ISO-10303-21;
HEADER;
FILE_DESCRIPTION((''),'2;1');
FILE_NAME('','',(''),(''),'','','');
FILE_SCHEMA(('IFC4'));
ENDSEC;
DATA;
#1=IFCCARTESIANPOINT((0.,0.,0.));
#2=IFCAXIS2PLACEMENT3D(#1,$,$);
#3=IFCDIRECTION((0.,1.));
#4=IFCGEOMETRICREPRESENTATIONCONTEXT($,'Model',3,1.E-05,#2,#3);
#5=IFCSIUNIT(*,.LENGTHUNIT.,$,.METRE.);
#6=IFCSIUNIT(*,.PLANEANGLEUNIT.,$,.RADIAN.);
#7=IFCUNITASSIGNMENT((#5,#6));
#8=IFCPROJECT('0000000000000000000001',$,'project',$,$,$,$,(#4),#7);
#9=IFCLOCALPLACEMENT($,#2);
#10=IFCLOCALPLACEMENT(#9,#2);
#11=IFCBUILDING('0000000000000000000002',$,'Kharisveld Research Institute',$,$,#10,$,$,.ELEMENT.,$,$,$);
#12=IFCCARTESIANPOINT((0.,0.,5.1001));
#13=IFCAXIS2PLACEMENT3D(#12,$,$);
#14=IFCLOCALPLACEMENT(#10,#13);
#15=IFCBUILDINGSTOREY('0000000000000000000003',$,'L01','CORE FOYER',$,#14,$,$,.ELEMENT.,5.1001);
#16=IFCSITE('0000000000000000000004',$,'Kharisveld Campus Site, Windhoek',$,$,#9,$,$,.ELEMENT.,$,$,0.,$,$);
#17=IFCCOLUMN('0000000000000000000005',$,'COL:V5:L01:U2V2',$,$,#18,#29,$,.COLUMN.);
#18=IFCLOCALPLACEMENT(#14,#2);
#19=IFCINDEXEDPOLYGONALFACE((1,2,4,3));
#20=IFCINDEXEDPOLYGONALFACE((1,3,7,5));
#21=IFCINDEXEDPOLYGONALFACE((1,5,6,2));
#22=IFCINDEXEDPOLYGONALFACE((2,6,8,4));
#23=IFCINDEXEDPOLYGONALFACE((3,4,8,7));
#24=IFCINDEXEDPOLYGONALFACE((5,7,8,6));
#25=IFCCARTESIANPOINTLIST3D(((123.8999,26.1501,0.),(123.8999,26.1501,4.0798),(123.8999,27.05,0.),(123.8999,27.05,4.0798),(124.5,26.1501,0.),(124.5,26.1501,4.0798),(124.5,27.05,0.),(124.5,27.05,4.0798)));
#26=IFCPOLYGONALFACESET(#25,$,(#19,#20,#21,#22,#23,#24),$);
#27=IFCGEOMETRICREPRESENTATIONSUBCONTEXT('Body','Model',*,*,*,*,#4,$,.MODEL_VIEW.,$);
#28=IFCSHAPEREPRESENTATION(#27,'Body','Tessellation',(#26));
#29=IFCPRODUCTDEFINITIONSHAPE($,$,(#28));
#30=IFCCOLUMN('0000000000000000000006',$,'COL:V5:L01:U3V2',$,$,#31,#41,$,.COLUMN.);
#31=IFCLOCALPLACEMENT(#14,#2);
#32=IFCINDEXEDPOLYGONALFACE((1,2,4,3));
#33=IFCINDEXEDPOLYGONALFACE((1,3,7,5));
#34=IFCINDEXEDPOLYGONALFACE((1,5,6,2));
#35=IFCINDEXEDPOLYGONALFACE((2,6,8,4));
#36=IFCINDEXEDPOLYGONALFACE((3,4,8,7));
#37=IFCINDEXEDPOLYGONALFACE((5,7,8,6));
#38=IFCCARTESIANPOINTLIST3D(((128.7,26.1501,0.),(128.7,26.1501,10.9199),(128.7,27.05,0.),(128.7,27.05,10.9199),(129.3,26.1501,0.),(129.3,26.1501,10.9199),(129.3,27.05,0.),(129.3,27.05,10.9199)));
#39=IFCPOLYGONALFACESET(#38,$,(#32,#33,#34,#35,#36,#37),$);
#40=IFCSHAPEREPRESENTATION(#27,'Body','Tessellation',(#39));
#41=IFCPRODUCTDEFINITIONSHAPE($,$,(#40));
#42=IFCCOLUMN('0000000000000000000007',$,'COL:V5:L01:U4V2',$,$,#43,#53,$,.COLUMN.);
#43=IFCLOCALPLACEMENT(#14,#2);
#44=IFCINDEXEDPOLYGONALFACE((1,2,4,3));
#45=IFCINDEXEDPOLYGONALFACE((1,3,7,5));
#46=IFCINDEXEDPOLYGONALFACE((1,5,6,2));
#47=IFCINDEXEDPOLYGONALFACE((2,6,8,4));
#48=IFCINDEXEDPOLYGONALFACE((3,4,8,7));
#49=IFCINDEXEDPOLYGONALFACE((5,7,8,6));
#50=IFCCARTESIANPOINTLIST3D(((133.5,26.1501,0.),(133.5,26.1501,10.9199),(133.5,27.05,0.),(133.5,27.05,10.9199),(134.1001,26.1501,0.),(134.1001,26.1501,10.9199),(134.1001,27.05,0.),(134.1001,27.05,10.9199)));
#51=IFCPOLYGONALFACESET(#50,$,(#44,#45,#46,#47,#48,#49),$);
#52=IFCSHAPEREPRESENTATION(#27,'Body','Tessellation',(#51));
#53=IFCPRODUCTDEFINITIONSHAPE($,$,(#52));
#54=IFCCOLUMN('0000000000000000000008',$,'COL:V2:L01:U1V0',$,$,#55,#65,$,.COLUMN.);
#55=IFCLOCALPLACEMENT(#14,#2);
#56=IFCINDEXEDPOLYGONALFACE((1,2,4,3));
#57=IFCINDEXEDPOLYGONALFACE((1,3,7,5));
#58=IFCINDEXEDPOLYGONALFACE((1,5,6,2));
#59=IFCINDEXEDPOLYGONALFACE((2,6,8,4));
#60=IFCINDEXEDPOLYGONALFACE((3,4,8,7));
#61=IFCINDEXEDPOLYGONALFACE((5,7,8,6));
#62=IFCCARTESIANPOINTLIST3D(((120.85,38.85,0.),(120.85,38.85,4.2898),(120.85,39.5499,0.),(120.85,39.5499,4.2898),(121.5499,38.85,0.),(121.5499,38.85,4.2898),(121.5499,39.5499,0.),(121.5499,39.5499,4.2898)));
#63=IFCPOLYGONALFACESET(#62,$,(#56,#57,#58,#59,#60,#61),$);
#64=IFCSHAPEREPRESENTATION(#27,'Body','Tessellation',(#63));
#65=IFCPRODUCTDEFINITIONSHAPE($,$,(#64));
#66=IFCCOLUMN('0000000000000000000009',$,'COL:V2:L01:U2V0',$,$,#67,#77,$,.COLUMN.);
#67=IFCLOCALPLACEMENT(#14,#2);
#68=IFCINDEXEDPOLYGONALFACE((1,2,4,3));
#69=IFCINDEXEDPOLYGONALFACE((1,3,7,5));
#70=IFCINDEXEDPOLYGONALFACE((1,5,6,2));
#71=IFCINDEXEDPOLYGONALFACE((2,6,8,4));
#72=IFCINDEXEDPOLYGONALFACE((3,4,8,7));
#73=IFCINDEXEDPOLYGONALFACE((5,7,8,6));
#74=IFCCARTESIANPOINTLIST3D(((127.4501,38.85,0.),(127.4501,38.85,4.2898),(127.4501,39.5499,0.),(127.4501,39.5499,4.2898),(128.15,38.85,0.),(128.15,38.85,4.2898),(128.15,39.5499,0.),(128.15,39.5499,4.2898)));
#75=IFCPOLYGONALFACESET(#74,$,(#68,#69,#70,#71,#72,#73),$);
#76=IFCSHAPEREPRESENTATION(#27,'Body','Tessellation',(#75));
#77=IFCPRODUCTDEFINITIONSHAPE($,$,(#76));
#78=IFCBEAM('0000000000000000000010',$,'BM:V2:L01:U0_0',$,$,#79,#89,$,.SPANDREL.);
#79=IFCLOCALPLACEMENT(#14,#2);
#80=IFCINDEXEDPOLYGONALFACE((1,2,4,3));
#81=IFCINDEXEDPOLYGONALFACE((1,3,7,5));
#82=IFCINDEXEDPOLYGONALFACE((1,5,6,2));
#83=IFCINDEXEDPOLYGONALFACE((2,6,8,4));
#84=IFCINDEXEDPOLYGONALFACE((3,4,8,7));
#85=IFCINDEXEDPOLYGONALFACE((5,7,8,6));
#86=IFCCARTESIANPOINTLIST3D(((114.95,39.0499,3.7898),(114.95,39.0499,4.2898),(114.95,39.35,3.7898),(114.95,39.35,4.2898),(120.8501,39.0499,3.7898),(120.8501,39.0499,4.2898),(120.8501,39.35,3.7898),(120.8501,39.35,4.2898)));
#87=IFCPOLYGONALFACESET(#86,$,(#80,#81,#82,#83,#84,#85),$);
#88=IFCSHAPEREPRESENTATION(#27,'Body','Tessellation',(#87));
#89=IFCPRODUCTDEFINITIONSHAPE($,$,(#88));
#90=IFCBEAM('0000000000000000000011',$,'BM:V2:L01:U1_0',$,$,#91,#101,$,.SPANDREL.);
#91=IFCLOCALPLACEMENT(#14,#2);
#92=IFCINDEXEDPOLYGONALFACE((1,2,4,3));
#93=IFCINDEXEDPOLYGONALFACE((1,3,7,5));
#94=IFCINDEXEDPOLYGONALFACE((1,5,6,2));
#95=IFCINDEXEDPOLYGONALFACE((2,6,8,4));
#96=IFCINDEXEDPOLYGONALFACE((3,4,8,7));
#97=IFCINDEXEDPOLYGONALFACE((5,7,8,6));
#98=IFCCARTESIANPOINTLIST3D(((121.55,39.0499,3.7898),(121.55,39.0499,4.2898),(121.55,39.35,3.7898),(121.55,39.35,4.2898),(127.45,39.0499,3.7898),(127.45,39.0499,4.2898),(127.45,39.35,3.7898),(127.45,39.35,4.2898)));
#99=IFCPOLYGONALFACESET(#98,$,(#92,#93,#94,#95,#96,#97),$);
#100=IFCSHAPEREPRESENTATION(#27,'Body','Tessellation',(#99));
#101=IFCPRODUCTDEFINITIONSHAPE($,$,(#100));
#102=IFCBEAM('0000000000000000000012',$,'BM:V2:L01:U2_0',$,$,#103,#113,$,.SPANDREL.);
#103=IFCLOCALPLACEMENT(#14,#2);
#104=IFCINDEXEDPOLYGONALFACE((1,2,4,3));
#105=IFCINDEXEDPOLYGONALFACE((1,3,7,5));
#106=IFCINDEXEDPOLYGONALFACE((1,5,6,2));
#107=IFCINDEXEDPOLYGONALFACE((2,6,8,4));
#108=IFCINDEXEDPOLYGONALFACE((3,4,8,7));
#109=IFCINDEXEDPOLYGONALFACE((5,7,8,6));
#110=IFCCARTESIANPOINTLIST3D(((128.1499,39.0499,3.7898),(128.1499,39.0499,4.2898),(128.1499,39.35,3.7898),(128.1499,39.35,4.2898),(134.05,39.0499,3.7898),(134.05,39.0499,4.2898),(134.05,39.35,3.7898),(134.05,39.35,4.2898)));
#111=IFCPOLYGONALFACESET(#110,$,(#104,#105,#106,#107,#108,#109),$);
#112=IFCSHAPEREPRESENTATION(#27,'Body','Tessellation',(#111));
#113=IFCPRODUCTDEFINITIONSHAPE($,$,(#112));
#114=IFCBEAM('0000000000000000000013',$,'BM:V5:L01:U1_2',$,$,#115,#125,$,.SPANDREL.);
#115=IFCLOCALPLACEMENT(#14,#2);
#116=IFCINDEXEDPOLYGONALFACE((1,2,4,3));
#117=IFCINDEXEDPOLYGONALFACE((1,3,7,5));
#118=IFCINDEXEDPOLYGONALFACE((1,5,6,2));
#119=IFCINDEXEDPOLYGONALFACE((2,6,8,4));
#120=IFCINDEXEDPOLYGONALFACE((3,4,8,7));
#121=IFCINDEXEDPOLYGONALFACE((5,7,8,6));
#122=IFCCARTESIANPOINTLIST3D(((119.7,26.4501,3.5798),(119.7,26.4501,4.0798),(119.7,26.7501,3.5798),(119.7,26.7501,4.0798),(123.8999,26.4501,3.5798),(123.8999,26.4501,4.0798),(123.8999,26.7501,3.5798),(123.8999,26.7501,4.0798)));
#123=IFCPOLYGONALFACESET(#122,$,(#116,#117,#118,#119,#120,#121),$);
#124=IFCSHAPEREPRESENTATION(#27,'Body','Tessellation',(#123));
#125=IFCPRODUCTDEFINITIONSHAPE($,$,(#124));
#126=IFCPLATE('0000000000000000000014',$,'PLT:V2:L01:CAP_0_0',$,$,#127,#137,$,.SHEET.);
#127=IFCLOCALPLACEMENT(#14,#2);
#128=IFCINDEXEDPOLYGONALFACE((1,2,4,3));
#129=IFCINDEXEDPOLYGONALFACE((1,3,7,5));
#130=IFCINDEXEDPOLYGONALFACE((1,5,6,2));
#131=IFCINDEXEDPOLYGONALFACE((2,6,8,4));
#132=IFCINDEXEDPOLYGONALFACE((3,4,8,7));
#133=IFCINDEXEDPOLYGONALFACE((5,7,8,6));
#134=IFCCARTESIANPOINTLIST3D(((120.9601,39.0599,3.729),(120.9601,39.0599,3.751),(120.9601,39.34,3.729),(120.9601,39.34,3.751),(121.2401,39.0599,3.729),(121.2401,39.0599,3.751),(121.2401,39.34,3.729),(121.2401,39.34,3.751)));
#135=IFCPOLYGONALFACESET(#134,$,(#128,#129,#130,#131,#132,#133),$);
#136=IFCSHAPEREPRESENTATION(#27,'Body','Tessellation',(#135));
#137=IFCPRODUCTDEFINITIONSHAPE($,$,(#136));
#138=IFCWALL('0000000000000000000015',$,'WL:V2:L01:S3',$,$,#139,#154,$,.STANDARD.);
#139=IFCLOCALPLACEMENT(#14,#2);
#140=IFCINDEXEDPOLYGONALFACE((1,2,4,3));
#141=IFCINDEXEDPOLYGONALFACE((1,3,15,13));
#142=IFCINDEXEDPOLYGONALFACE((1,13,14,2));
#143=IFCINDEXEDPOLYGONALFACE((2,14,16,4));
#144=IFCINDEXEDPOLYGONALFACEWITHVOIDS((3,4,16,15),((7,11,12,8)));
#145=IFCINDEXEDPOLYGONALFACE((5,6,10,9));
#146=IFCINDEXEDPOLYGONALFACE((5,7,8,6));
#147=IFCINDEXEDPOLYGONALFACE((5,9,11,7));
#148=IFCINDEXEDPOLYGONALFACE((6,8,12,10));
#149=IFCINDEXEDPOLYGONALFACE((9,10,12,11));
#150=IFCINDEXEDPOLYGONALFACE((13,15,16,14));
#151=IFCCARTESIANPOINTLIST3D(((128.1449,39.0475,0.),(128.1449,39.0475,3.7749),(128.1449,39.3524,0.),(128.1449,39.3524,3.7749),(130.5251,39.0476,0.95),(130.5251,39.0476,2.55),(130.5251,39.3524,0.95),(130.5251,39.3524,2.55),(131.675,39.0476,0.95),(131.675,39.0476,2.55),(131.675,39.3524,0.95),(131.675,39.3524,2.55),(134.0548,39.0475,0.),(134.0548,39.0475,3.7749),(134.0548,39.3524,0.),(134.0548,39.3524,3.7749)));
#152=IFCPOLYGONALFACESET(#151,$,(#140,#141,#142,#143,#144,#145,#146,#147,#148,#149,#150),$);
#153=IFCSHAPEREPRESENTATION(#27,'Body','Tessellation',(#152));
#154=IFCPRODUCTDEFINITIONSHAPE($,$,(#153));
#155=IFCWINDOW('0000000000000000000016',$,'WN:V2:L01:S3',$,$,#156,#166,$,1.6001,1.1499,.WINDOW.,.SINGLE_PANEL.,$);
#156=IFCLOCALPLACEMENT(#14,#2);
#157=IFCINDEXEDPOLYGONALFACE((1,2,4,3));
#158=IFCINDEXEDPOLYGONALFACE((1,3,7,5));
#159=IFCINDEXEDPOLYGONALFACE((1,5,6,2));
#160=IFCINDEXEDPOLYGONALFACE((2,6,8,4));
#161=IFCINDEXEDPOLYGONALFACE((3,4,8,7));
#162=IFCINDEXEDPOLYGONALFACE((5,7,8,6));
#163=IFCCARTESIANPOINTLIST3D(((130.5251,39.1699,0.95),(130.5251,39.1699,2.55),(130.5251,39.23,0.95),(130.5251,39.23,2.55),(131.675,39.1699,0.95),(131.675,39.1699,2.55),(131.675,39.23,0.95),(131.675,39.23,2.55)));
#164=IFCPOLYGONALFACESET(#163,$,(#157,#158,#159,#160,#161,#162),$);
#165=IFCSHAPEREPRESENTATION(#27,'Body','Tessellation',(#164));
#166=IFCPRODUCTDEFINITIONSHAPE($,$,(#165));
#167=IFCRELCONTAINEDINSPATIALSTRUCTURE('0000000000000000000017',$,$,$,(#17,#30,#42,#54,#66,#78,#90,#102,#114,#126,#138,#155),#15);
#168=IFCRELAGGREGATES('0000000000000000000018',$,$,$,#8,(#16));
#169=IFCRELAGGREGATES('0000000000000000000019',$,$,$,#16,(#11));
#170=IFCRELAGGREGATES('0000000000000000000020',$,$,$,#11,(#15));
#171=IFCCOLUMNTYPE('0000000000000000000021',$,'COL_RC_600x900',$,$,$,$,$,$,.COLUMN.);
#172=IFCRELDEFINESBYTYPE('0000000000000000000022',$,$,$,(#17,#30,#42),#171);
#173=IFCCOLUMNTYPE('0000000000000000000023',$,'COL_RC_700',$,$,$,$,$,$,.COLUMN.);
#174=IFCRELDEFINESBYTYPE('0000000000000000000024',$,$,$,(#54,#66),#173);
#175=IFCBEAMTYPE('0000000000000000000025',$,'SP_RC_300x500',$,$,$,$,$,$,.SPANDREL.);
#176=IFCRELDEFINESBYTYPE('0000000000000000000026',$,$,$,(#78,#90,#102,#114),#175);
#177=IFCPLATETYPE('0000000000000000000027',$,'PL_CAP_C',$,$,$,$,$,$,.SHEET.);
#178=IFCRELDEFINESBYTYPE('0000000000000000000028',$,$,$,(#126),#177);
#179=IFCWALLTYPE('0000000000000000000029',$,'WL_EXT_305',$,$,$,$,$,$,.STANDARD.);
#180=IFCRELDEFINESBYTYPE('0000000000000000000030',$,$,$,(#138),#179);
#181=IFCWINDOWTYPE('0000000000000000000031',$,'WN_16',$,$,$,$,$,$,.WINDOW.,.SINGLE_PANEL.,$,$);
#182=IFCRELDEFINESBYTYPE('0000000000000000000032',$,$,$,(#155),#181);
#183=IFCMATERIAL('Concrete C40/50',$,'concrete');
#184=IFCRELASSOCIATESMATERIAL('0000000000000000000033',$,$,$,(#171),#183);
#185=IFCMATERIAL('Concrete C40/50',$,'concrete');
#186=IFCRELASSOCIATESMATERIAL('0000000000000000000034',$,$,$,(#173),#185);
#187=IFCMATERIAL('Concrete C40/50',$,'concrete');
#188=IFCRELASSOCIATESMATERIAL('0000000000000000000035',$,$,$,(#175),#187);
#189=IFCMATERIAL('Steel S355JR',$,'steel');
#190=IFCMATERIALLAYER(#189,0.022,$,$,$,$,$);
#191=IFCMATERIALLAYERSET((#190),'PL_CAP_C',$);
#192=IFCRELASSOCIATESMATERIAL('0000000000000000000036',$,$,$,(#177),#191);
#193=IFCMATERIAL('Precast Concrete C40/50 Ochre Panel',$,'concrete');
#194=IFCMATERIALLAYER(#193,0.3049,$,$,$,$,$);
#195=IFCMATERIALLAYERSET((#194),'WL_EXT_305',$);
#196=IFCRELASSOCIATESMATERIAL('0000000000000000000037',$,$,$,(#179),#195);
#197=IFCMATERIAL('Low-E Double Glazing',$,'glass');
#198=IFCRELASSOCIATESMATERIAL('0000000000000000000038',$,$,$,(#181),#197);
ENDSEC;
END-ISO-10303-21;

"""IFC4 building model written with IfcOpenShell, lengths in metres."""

from ifc_helpers import new_model, si_unit, direction, frame, frame_2d, origin, origin_2d, place, context, subcontext, project, spatial, rectangle, extrude, material, layer, layer_set, material_profile, profile_set, type_object, element, fill, save


model = new_model("IFC4")

# Units and contexts
model_context = context("Model", 3, precision=1e-05, world=origin(), true_north=direction((0.0, 1.0)))
body_context = subcontext(model_context, "Body", "Model", "MODEL_VIEW")
ifc_project = project(units=[si_unit("LENGTHUNIT", "METRE"), si_unit("PLANEANGLEUNIT", "RADIAN")], contexts=[model_context])

# Site, building, storey
site_placement = place(None, origin())
site = spatial("IfcSite", under=ifc_project, at=site_placement, Name="Kharisveld Campus Site, Windhoek", CompositionType="ELEMENT", RefElevation=0.0)
building_placement = place(site_placement, origin())
building = spatial("IfcBuilding", under=site, at=building_placement, Name="Kharisveld Research Institute", CompositionType="ELEMENT")
storey_placement = place(building_placement, frame((0.0, 0.0, 5.1001)))
storey = spatial("IfcBuildingStorey", under=building, at=storey_placement, Name="L01", Description="CORE FOYER", CompositionType="ELEMENT", Elevation=5.1001)

# Columns
ifc_material_1 = material(Name="Concrete C40/50", Category="concrete")
ifc_material_profile_1 = material_profile(ifc_material_1, rectangle(XDim=0.6001, YDim=0.8999, at=origin_2d()))
ifc_profile_set_1 = profile_set([ifc_material_profile_1], Name="Concrete C40/50")
column_type_1 = type_object("IfcColumnType", Name="COL_RC_600x900", PredefinedType="COLUMN", material=ifc_profile_set_1)
column_placement = place(storey_placement, frame((124.2, 26.6001, 0.0), z_axis=(0.0, 0.0, 1.0), x_axis=(1.0, 0.0, 0.0)))
element("IfcColumn", 1, at=column_placement, inside=storey, type_object=column_type_1, Name="COL:V5:L01:U2V2", PredefinedType="COLUMN", context=body_context, shape_type="SweptSolid", body=[
    extrude(rectangle(XDim=0.6001, YDim=0.8999, at=origin_2d()), origin(), (0.0, 0.0, 1.0), 4.0798),
])
for number, where, z_axis, x_axis, name in (
    (2, (129.0, 26.6001, 0.0), (0.0, 0.0, 1.0), (1.0, 0.0, 0.0), "COL:V5:L01:U3V2"),
    (3, (133.8, 26.6001, 0.0), (0.0, 0.0, 1.0), (1.0, 0.0, 0.0), "COL:V5:L01:U4V2"),
):
    element("IfcColumn", number, at=place(storey_placement, frame(where, z_axis=z_axis, x_axis=x_axis)), inside=storey, type_object=column_type_1, Name=name, PredefinedType="COLUMN", context=body_context, shape_type="SweptSolid", body=[
        extrude(rectangle(XDim=0.6001, YDim=0.8999, at=origin_2d()), origin(), (0.0, 0.0, 1.0), 10.9199),
    ])
ifc_material_2 = material(Name="Concrete C40/50", Category="concrete")
ifc_material_profile_2 = material_profile(ifc_material_2, rectangle(XDim=0.7, YDim=0.7, at=origin_2d()))
ifc_profile_set_2 = profile_set([ifc_material_profile_2], Name="Concrete C40/50")
column_type_2 = type_object("IfcColumnType", Name="COL_RC_700", PredefinedType="COLUMN", material=ifc_profile_set_2)
for number, where, z_axis, x_axis, name in (
    (4, (121.2, 39.2, 0.0), (0.0, 0.0, 1.0), (1.0, 0.0, 0.0), "COL:V2:L01:U1V0"),
    (5, (127.8, 39.2, 0.0), (0.0, 0.0, 1.0), (1.0, 0.0, 0.0), "COL:V2:L01:U2V0"),
):
    element("IfcColumn", number, at=place(storey_placement, frame(where, z_axis=z_axis, x_axis=x_axis)), inside=storey, type_object=column_type_2, Name=name, PredefinedType="COLUMN", context=body_context, shape_type="SweptSolid", body=[
        extrude(rectangle(XDim=0.7, YDim=0.7, at=origin_2d()), origin(), (0.0, 0.0, 1.0), 4.2898),
    ])

# Beams
ifc_material_3 = material(Name="Concrete C40/50", Category="concrete")
ifc_material_profile_3 = material_profile(ifc_material_3, rectangle(XDim=0.3, YDim=0.5, at=origin_2d()))
ifc_profile_set_3 = profile_set([ifc_material_profile_3], Name="Concrete C40/50")
beam_type = type_object("IfcBeamType", Name="SP_RC_300x500", PredefinedType="SPANDREL", material=ifc_profile_set_3)
beam_1_placement = place(storey_placement, frame((114.95, 39.2, 4.0398), z_axis=(1.0, 0.0, 0.0), x_axis=(0.0, 1.0, 0.0)))
element("IfcBeam", 6, at=beam_1_placement, inside=storey, type_object=beam_type, Name="BM:V2:L01:U0_0", PredefinedType="SPANDREL", context=body_context, shape_type="SweptSolid", body=[
    extrude(rectangle(XDim=0.3, YDim=0.5, at=origin_2d()), origin(), (0.0, 0.0, 1.0), 5.9001),
])
beam_2_placement = place(storey_placement, frame((121.55, 39.2, 4.0398), z_axis=(1.0, 0.0, 0.0), x_axis=(0.0, 1.0, 0.0)))
element("IfcBeam", 7, at=beam_2_placement, inside=storey, type_object=beam_type, Name="BM:V2:L01:U1_0", PredefinedType="SPANDREL", context=body_context, shape_type="SweptSolid", body=[
    extrude(rectangle(XDim=0.3, YDim=0.5, at=origin_2d()), origin(), (0.0, 0.0, 1.0), 5.8999),
])
beam_3_placement = place(storey_placement, frame((128.1499, 39.2, 4.0398), z_axis=(1.0, 0.0, 0.0), x_axis=(0.0, 1.0, 0.0)))
element("IfcBeam", 8, at=beam_3_placement, inside=storey, type_object=beam_type, Name="BM:V2:L01:U2_0", PredefinedType="SPANDREL", context=body_context, shape_type="SweptSolid", body=[
    extrude(rectangle(XDim=0.3, YDim=0.5, at=origin_2d()), origin(), (0.0, 0.0, 1.0), 5.9001),
])
beam_4_placement = place(storey_placement, frame((119.7, 26.6001, 3.8298), z_axis=(1.0, 0.0, 0.0), x_axis=(0.0, 1.0, 0.0)))
element("IfcBeam", 9, at=beam_4_placement, inside=storey, type_object=beam_type, Name="BM:V5:L01:U1_2", PredefinedType="SPANDREL", context=body_context, shape_type="SweptSolid", body=[
    extrude(rectangle(XDim=0.3, YDim=0.5, at=origin_2d()), origin(), (0.0, 0.0, 1.0), 4.2),
])

# Plate
ifc_material_4 = material(Name="Steel S355JR", Category="steel")
ifc_layer_1 = layer(ifc_material_4, 0.022)
ifc_layer_set_1 = layer_set([ifc_layer_1], Name="PL_CAP_C")
plate_type = type_object("IfcPlateType", Name="PL_CAP_C", PredefinedType="SHEET", material=ifc_layer_set_1)
plate_placement = place(storey_placement, frame((121.1001, 39.2, 3.729), z_axis=(0.0, 0.0, 1.0), x_axis=(1.0, 0.0, 0.0)))
element("IfcPlate", 10, at=plate_placement, inside=storey, type_object=plate_type, Name="PLT:V2:L01:CAP_0_0", PredefinedType="SHEET", context=body_context, shape_type="SweptSolid", body=[
    extrude(rectangle(XDim=0.28, YDim=0.28, at=origin_2d()), origin(), (0.0, 0.0, 1.0), 0.022),
])

# Wall, opening, window
ifc_material_5 = material(Name="Precast Concrete C40/50 Ochre Panel", Category="concrete")
ifc_layer_2 = layer(ifc_material_5, 0.3049)
ifc_layer_set_2 = layer_set([ifc_layer_2], Name="WL_EXT_305")
wall_type_1 = type_object("IfcWallType", Name="WL_EXT_305", PredefinedType="STANDARD", material=ifc_layer_set_2)
wall_1_placement = place(storey_placement, frame((134.0549, 39.2, 0.0), z_axis=(0.0, 0.0, 1.0), x_axis=(-1.0, 0.0, 0.0)))
wall_1 = element("IfcWall", 11, at=wall_1_placement, inside=storey, type_object=wall_type_1, Name="WL:V2:L01:S3", PredefinedType="STANDARD", context=body_context, shape_type="SweptSolid", body=[
    extrude(rectangle(XDim=5.9099, YDim=0.3049, at=frame_2d((2.9551, 0.0))), origin(), (0.0, 0.0, 1.0), 3.7749),
])
opening_1_placement = place(wall_1_placement, frame((2.3799, 0.0, 0.95)))
opening_1 = element("IfcOpeningElement", 12, at=opening_1_placement, cuts=wall_1, PredefinedType="OPENING", context=body_context, shape_type="SweptSolid", body=[
    extrude(rectangle(XDim=1.1499, YDim=1.6001, at=frame_2d((0.575, 0.8))), frame((0.0, 0.1523, 0.0), z_axis=(0.0, -1.0, 0.0), x_axis=(1.0, 0.0, 0.0)), (0.0, 0.0, 1.0), 0.3049),
])
ifc_material_6 = material(Name="Low-E Double Glazing", Category="glass")
window_type_1 = type_object("IfcWindowType", Name="WN_16", PartitioningType="SINGLE_PANEL", PredefinedType="WINDOW", material=ifc_material_6)
window_1_placement = place(opening_1_placement, origin())
window_1 = element("IfcWindow", 13, at=window_1_placement, inside=storey, type_object=window_type_1, Name="WN:V2:L01:S3", OverallHeight=1.6001, OverallWidth=1.1499, PartitioningType="SINGLE_PANEL", PredefinedType="WINDOW", context=body_context, shape_type="SweptSolid", body=[
    extrude(rectangle(XDim=1.1499, YDim=1.6001, at=frame_2d((0.575, 0.8))), frame((0.0, 0.03, 0.0), z_axis=(0.0, -1.0, 0.0), x_axis=(1.0, 0.0, 0.0)), (0.0, 0.0, 1.0), 0.0601),
])
fill(opening_1, window_1)

save(model, "model.ifc")
